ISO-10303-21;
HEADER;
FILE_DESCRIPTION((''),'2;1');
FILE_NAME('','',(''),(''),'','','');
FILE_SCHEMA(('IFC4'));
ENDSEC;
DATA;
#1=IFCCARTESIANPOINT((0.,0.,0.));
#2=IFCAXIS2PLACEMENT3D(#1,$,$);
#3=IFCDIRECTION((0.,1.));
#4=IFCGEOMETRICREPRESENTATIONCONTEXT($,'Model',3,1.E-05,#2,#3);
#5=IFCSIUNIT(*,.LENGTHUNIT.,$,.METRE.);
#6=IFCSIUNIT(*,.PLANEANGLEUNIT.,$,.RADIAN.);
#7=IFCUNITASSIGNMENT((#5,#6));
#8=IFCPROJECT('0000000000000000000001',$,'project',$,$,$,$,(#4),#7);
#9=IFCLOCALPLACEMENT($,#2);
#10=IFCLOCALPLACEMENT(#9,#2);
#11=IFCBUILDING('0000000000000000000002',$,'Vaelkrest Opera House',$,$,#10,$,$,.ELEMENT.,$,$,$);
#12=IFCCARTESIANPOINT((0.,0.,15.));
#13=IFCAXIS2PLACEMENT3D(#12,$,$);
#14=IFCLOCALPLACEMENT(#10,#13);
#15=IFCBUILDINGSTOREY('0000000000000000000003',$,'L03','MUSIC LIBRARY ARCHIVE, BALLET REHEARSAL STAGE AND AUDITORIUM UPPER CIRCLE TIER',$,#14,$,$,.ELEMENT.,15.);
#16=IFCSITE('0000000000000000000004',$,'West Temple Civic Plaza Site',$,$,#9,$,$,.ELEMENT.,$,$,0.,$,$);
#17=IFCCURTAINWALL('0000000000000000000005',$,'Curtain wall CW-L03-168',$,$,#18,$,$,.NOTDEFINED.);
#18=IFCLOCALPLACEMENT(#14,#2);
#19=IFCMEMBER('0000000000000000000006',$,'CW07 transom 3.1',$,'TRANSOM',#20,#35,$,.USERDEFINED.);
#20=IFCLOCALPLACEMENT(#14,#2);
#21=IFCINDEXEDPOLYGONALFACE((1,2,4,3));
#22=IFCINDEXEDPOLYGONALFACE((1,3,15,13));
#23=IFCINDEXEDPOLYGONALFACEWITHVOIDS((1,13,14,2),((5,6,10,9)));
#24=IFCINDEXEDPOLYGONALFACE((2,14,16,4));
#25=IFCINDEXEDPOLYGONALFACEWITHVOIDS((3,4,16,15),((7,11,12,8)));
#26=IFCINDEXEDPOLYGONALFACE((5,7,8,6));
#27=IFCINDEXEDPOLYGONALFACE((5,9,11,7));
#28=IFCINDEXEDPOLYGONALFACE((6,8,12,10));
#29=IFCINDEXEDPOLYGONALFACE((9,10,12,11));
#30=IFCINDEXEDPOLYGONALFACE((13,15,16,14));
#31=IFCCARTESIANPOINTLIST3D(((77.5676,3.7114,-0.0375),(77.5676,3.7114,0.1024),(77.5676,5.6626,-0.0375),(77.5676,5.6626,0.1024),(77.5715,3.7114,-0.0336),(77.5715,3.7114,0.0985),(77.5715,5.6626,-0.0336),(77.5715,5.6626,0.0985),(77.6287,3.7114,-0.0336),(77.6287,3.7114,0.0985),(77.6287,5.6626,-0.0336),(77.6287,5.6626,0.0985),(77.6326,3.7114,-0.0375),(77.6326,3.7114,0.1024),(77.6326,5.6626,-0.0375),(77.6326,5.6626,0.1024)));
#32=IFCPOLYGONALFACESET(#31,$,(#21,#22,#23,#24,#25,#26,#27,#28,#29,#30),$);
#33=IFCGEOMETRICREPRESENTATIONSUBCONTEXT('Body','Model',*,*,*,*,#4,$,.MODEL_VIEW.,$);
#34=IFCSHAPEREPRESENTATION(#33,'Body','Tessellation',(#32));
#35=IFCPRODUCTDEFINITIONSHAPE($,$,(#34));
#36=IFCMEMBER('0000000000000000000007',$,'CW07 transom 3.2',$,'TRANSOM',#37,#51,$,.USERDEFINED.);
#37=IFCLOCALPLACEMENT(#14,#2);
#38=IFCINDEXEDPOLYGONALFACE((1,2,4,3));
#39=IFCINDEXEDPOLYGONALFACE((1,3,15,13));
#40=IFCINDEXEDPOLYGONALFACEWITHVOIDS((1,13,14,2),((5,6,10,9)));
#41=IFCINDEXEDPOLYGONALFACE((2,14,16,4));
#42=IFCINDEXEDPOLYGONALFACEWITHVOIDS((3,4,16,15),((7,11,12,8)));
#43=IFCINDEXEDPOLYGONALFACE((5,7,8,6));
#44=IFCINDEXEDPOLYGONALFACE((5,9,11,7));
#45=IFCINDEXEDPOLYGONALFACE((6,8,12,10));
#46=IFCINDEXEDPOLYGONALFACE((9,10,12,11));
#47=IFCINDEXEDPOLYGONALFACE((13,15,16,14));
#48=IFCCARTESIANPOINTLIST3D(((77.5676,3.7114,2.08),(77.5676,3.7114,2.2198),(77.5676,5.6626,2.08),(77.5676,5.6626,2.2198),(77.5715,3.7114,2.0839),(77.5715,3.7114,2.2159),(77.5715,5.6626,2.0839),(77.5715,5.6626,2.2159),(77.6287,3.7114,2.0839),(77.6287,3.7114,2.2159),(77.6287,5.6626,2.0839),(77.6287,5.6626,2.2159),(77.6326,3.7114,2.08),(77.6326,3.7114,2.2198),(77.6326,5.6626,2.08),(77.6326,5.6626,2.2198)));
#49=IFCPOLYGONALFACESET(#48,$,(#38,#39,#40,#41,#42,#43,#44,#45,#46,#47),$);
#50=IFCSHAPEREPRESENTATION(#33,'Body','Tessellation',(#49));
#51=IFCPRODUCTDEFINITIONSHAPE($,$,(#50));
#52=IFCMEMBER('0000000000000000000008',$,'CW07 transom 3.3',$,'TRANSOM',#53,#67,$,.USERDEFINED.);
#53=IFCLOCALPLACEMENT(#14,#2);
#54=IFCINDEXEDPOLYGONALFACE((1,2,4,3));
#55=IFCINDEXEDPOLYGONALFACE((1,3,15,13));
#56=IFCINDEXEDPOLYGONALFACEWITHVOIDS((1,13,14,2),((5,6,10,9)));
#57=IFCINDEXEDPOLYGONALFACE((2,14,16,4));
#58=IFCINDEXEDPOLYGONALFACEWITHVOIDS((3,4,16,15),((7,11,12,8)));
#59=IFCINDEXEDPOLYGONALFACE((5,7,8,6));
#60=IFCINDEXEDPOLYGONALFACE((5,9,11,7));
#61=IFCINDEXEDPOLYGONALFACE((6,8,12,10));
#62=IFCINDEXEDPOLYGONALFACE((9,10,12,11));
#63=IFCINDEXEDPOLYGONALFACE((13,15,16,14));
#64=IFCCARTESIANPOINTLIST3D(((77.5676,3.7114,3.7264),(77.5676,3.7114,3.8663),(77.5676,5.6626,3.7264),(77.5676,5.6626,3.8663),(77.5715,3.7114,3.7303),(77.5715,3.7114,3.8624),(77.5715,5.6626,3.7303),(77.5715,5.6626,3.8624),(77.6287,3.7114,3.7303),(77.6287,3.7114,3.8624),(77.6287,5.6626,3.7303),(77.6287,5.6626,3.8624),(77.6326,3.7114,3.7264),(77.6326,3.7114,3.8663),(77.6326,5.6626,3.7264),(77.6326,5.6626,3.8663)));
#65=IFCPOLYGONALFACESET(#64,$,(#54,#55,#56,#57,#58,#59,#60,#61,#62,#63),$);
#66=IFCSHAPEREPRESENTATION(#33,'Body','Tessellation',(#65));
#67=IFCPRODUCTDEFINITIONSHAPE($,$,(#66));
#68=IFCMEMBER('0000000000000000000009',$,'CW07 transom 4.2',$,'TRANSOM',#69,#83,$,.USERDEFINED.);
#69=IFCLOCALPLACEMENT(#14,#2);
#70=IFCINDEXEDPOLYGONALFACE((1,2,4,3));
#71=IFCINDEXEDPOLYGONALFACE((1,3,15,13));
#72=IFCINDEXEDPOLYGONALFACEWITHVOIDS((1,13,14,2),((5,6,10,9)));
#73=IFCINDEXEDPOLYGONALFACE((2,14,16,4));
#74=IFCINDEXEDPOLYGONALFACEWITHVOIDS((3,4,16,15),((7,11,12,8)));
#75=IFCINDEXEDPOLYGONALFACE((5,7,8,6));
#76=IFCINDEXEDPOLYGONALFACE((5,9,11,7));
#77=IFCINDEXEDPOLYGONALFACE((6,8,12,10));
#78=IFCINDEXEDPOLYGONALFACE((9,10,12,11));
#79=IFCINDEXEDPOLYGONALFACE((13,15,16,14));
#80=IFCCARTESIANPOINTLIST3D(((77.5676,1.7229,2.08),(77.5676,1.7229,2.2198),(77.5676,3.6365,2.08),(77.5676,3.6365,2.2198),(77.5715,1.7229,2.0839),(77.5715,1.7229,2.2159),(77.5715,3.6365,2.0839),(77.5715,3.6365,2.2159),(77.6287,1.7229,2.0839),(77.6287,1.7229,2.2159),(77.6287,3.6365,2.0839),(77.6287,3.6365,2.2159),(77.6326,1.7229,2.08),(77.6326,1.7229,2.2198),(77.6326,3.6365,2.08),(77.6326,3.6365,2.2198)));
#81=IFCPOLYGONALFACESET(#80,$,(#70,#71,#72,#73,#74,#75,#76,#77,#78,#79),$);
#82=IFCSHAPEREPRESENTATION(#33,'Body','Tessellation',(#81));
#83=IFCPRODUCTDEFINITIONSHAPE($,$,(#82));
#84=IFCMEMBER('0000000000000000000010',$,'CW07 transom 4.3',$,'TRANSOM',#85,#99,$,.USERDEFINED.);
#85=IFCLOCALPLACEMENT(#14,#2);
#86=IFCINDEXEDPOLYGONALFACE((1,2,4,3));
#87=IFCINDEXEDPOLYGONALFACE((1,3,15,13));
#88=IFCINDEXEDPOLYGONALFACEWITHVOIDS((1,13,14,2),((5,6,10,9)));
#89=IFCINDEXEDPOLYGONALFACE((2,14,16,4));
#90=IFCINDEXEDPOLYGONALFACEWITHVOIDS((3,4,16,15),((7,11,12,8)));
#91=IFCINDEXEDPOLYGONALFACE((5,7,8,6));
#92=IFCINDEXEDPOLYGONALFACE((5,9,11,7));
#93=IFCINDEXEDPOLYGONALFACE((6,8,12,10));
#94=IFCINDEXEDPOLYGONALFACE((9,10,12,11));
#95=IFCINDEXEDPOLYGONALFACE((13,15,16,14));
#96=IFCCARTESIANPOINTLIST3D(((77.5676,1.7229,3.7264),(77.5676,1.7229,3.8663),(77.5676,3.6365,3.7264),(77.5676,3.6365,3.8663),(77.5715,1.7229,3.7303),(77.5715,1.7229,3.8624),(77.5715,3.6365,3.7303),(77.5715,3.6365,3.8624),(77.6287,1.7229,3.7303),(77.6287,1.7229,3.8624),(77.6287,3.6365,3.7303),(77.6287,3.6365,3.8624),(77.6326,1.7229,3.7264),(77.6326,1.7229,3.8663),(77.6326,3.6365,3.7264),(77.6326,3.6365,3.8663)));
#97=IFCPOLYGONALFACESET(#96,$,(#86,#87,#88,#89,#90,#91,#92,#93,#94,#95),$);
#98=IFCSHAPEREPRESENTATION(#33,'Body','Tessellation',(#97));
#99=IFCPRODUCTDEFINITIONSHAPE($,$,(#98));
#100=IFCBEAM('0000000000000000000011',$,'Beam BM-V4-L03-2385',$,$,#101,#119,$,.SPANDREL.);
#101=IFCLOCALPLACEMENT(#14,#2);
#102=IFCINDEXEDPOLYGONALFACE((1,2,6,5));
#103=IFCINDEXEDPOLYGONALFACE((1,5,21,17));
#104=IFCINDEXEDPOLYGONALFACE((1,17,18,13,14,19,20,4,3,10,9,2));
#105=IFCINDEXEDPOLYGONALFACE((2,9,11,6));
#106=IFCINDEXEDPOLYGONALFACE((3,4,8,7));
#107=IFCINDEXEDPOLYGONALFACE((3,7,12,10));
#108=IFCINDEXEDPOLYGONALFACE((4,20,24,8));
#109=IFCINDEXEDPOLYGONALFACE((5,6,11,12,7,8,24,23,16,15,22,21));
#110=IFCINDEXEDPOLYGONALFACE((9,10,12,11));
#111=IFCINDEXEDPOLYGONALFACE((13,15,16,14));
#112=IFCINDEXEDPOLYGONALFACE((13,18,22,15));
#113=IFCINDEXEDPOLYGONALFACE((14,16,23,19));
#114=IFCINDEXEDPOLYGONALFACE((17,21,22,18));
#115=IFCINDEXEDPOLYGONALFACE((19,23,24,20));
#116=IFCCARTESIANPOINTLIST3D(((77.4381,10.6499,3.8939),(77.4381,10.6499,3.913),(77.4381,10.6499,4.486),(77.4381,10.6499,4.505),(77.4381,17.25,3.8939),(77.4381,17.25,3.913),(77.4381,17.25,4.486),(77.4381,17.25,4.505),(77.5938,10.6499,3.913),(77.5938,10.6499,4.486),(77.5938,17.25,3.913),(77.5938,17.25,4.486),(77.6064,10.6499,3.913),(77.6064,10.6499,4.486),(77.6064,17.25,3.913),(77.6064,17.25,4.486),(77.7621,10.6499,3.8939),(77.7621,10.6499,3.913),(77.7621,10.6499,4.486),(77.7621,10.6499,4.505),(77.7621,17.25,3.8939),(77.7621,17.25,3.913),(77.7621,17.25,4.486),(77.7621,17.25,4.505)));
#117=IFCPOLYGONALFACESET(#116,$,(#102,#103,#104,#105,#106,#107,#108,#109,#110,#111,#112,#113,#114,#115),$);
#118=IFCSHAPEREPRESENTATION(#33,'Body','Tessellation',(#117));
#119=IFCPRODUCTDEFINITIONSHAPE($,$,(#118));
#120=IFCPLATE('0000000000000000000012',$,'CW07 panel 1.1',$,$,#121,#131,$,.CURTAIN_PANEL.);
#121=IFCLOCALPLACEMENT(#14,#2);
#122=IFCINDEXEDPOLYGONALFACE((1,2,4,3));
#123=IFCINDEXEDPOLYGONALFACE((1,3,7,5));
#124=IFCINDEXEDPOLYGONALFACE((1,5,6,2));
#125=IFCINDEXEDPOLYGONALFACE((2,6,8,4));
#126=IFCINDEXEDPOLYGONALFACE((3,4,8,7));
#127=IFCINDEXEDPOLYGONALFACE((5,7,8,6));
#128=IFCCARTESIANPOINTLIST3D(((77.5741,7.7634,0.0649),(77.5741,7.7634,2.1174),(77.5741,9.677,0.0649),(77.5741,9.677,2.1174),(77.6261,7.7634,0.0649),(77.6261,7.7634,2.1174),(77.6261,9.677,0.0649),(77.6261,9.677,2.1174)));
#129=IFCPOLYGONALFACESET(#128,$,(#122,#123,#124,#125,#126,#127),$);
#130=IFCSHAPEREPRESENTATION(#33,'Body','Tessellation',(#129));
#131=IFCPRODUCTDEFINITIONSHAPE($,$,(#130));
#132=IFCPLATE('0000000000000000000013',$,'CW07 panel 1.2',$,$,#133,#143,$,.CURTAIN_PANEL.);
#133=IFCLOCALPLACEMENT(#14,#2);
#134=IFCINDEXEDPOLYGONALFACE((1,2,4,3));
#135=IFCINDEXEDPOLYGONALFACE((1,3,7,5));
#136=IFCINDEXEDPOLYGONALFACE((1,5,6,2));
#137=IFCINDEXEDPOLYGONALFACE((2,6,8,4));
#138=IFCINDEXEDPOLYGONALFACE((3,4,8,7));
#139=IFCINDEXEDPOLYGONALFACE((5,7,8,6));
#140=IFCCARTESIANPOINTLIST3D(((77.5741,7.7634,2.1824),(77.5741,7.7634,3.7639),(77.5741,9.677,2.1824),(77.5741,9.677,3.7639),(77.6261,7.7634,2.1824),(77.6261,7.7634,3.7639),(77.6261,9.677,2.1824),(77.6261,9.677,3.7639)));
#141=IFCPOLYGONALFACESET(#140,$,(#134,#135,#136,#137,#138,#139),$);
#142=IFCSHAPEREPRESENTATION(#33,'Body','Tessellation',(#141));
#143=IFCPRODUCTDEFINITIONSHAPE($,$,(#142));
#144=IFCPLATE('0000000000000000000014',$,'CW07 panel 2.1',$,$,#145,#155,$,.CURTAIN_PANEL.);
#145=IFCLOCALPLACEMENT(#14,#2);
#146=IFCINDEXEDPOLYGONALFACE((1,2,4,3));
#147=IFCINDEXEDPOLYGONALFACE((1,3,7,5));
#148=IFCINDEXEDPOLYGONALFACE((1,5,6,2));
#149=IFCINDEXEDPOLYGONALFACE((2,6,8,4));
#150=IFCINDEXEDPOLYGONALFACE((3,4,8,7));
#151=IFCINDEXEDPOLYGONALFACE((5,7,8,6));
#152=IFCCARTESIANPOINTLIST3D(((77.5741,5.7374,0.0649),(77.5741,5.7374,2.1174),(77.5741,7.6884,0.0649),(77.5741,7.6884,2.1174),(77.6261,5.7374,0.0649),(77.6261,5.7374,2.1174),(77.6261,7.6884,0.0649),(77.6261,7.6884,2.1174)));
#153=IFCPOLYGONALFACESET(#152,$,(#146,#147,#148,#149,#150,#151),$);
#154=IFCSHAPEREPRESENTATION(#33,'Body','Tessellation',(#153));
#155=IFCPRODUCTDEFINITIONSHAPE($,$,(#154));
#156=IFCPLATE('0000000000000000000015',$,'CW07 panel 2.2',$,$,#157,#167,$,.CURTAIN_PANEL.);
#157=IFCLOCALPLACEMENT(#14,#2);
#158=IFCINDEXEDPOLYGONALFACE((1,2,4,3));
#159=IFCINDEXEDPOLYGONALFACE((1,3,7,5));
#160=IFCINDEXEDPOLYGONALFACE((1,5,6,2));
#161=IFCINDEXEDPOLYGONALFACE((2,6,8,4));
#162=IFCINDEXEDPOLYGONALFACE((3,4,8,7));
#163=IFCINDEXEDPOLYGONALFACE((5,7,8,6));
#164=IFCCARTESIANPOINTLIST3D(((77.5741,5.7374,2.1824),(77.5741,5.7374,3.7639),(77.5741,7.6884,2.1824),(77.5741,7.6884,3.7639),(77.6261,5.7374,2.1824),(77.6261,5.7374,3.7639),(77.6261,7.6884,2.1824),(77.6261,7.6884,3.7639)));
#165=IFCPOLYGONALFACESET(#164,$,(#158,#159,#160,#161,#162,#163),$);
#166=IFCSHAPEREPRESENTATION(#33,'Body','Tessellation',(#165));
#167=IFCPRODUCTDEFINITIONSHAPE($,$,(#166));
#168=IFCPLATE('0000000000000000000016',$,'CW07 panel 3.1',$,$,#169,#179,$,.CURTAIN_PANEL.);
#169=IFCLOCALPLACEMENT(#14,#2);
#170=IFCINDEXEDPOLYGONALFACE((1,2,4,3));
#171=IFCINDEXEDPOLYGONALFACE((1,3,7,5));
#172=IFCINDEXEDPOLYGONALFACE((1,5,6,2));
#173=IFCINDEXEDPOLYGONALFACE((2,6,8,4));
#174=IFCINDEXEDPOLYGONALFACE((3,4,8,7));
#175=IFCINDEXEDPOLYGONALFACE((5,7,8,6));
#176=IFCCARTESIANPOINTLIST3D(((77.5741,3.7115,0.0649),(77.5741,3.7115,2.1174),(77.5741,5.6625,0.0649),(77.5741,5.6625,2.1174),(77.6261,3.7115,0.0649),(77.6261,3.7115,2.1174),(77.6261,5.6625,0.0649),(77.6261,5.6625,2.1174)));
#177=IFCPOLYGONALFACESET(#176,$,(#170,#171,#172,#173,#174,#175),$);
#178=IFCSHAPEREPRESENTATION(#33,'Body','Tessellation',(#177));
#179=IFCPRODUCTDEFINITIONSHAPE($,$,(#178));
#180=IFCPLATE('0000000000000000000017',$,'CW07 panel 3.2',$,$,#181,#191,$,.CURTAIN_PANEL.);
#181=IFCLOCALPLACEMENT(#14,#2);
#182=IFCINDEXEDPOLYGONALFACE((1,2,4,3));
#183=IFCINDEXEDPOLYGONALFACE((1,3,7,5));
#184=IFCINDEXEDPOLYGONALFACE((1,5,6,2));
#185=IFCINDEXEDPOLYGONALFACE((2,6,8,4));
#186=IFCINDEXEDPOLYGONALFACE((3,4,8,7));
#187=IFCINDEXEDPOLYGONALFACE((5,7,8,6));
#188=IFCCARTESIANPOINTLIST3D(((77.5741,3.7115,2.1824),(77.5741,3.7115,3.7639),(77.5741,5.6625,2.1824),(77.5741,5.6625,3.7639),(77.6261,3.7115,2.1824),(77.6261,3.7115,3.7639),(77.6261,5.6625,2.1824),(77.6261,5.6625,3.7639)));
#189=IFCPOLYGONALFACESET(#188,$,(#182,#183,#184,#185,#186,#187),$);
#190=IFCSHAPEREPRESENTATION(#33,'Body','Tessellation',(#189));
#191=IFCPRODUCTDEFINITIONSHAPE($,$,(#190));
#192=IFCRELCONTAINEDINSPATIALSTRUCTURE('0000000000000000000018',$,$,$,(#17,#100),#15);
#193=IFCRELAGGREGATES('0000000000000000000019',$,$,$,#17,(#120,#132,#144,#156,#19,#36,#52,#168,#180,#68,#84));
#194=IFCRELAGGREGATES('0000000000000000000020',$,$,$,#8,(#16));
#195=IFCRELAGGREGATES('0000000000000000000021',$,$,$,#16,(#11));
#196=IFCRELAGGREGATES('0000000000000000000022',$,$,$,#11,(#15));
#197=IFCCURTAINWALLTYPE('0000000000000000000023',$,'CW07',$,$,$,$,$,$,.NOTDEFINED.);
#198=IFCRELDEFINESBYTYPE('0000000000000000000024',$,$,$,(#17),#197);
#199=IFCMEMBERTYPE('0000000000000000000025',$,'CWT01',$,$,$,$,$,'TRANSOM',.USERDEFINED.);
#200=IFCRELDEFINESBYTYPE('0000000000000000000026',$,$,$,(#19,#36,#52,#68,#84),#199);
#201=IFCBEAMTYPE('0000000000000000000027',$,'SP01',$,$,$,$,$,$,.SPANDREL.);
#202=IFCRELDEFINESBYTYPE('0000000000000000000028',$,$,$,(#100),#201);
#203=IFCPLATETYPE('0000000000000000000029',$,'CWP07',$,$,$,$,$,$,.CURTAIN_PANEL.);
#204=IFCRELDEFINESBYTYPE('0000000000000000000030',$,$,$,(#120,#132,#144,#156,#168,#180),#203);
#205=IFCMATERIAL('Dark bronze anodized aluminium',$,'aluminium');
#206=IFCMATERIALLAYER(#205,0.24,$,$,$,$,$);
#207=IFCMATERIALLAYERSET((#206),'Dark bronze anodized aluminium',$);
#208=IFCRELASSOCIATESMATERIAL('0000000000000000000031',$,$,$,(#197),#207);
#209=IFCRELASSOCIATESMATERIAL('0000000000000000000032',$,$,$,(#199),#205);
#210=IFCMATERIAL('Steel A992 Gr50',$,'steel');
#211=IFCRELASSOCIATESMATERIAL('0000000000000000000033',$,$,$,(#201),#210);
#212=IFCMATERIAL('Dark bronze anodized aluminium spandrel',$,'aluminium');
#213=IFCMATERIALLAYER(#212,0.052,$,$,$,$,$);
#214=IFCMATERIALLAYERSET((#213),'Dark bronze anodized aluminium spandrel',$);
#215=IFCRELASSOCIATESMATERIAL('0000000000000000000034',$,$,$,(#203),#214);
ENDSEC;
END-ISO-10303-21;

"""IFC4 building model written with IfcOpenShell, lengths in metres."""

from ifc_helpers import new_model, si_unit, direction, frame, origin, origin_2d, place, context, subcontext, project, spatial, rectangle, hollow_rectangle, i_section, extrude, material, layer, layer_set, material_profile, profile_set, type_object, element, aggregate, save


model = new_model("IFC4")

# Units and contexts
model_context = context("Model", 3, precision=1e-05, world=origin(), true_north=direction((0.0, 1.0)))
body_context = subcontext(model_context, "Body", "Model", "MODEL_VIEW")
ifc_project = project(units=[si_unit("LENGTHUNIT", "METRE"), si_unit("PLANEANGLEUNIT", "RADIAN")], contexts=[model_context])

# Site, building, storey
site_placement = place(None, origin())
site = spatial("IfcSite", under=ifc_project, at=site_placement, Name="West Temple Civic Plaza Site", CompositionType="ELEMENT", RefElevation=0.0)
building_placement = place(site_placement, origin())
building = spatial("IfcBuilding", under=site, at=building_placement, Name="Vaelkrest Opera House", CompositionType="ELEMENT")
storey_placement = place(building_placement, frame((0.0, 0.0, 15.0)))
storey = spatial("IfcBuildingStorey", under=building, at=storey_placement, Name="L03", Description="MUSIC LIBRARY ARCHIVE, BALLET REHEARSAL STAGE AND AUDITORIUM UPPER CIRCLE TIER", CompositionType="ELEMENT", Elevation=15.0)

# Curtain wall, members
ifc_material_1 = material(Name="Dark bronze anodized aluminium", Category="aluminium")
ifc_layer_1 = layer(ifc_material_1, 0.24)
ifc_layer_set_1 = layer_set([ifc_layer_1], Name="Dark bronze anodized aluminium")
curtain_wall_type = type_object("IfcCurtainWallType", Name="CW07", PredefinedType="NOTDEFINED", material=ifc_layer_set_1)
curtain_wall_placement = place(storey_placement, origin())
curtain_wall = element("IfcCurtainWall", 1, at=curtain_wall_placement, inside=storey, type_object=curtain_wall_type, Name="Curtain wall CW-L03-168", PredefinedType="NOTDEFINED")
ifc_material_profile_1 = material_profile(ifc_material_1, hollow_rectangle(XDim=0.0649, YDim=0.1399, WallThickness=0.0039, at=origin_2d()), Name="CWT65X140")
ifc_profile_set_1 = profile_set([ifc_material_profile_1], Name="Dark bronze anodized aluminium")
member_type_1 = type_object("IfcMemberType", Name="CWT01", ElementType="TRANSOM", PredefinedType="USERDEFINED", material=ifc_profile_set_1)
member_1_placement = place(storey_placement, frame((77.6001, 5.6626, 0.0325), z_axis=(0.0, -1.0, 0.0), x_axis=(1.0, 0.0, 0.0)))
member_1 = element("IfcMember", 2, at=member_1_placement, type_object=member_type_1, Name="CW07 transom 3.1", ObjectType="TRANSOM", PredefinedType="USERDEFINED", context=body_context, shape_type="SweptSolid", body=[
    extrude(hollow_rectangle(XDim=0.0649, YDim=0.1399, WallThickness=0.0039, at=origin_2d()), origin(), (0.0, 0.0, 1.0), 1.9512),
])
member_2_placement = place(storey_placement, frame((77.6001, 5.6626, 2.1499), z_axis=(0.0, -1.0, 0.0), x_axis=(1.0, 0.0, 0.0)))
member_2 = element("IfcMember", 3, at=member_2_placement, type_object=member_type_1, Name="CW07 transom 3.2", ObjectType="TRANSOM", PredefinedType="USERDEFINED", context=body_context, shape_type="SweptSolid", body=[
    extrude(hollow_rectangle(XDim=0.0649, YDim=0.1399, WallThickness=0.0039, at=origin_2d()), origin(), (0.0, 0.0, 1.0), 1.9512),
])
member_3_placement = place(storey_placement, frame((77.6001, 5.6626, 3.7964), z_axis=(0.0, -1.0, 0.0), x_axis=(1.0, 0.0, 0.0)))
member_3 = element("IfcMember", 4, at=member_3_placement, type_object=member_type_1, Name="CW07 transom 3.3", ObjectType="TRANSOM", PredefinedType="USERDEFINED", context=body_context, shape_type="SweptSolid", body=[
    extrude(hollow_rectangle(XDim=0.0649, YDim=0.1399, WallThickness=0.0039, at=origin_2d()), origin(), (0.0, 0.0, 1.0), 1.9512),
])
member_4_placement = place(storey_placement, frame((77.6001, 3.6365, 2.1499), z_axis=(0.0, -1.0, 0.0), x_axis=(1.0, 0.0, 0.0)))
member_4 = element("IfcMember", 5, at=member_4_placement, type_object=member_type_1, Name="CW07 transom 4.2", ObjectType="TRANSOM", PredefinedType="USERDEFINED", context=body_context, shape_type="SweptSolid", body=[
    extrude(hollow_rectangle(XDim=0.0649, YDim=0.1399, WallThickness=0.0039, at=origin_2d()), origin(), (0.0, 0.0, 1.0), 1.9136),
])
member_5_placement = place(storey_placement, frame((77.6001, 3.6365, 3.7964), z_axis=(0.0, -1.0, 0.0), x_axis=(1.0, 0.0, 0.0)))
member_5 = element("IfcMember", 6, at=member_5_placement, type_object=member_type_1, Name="CW07 transom 4.3", ObjectType="TRANSOM", PredefinedType="USERDEFINED", context=body_context, shape_type="SweptSolid", body=[
    extrude(hollow_rectangle(XDim=0.0649, YDim=0.1399, WallThickness=0.0039, at=origin_2d()), origin(), (0.0, 0.0, 1.0), 1.9136),
])

# Beam
ifc_material_2 = material(Name="Steel A992 Gr50", Category="steel")
ifc_material_profile_2 = material_profile(ifc_material_2, i_section(OverallWidth=0.324, OverallDepth=0.6111, WebThickness=0.0127, FlangeThickness=0.019, at=origin_2d()), Name="W24X104")
ifc_profile_set_2 = profile_set([ifc_material_profile_2], Name="Steel A992 Gr50")
beam_type = type_object("IfcBeamType", Name="SP01", PredefinedType="SPANDREL", material=ifc_profile_set_2)
beam_placement = place(storey_placement, frame((77.6001, 10.6499, 4.1995), z_axis=(0.0, 1.0, 0.0), x_axis=(-1.0, 0.0, 0.0)))
element("IfcBeam", 7, at=beam_placement, inside=storey, type_object=beam_type, Name="Beam BM-V4-L03-2385", PredefinedType="SPANDREL", context=body_context, shape_type="SweptSolid", body=[
    extrude(i_section(OverallWidth=0.324, OverallDepth=0.6111, WebThickness=0.0127, FlangeThickness=0.019, at=origin_2d()), origin(), (0.0, 0.0, 1.0), 6.6001),
])

# Plates
ifc_material_3 = material(Name="Dark bronze anodized aluminium spandrel", Category="aluminium")
ifc_layer_2 = layer(ifc_material_3, 0.052)
ifc_layer_set_2 = layer_set([ifc_layer_2], Name="Dark bronze anodized aluminium spandrel")
plate_type = type_object("IfcPlateType", Name="CWP07", PredefinedType="CURTAIN_PANEL", material=ifc_layer_set_2)
plate_1_placement = place(storey_placement, frame((77.6001, 8.7202, 0.0649), z_axis=(0.0, 0.0, 1.0), x_axis=(0.0, -1.0, 0.0)))
plate_1 = element("IfcPlate", 8, at=plate_1_placement, type_object=plate_type, Name="CW07 panel 1.1", PredefinedType="CURTAIN_PANEL", context=body_context, shape_type="SweptSolid", body=[
    extrude(rectangle(XDim=1.9136, YDim=0.052, at=origin_2d()), origin(), (0.0, 0.0, 1.0), 2.0525),
])
plate_2_placement = place(storey_placement, frame((77.6001, 8.7202, 2.1824), z_axis=(0.0, 0.0, 1.0), x_axis=(0.0, -1.0, 0.0)))
plate_2 = element("IfcPlate", 9, at=plate_2_placement, type_object=plate_type, Name="CW07 panel 1.2", PredefinedType="CURTAIN_PANEL", context=body_context, shape_type="SweptSolid", body=[
    extrude(rectangle(XDim=1.9136, YDim=0.052, at=origin_2d()), origin(), (0.0, 0.0, 1.0), 1.5815),
])
plate_3_placement = place(storey_placement, frame((77.6001, 6.7129, 0.0649), z_axis=(0.0, 0.0, 1.0), x_axis=(0.0, -1.0, 0.0)))
plate_3 = element("IfcPlate", 10, at=plate_3_placement, type_object=plate_type, Name="CW07 panel 2.1", PredefinedType="CURTAIN_PANEL", context=body_context, shape_type="SweptSolid", body=[
    extrude(rectangle(XDim=1.9509, YDim=0.052, at=origin_2d()), origin(), (0.0, 0.0, 1.0), 2.0525),
])
plate_4_placement = place(storey_placement, frame((77.6001, 6.7129, 2.1824), z_axis=(0.0, 0.0, 1.0), x_axis=(0.0, -1.0, 0.0)))
plate_4 = element("IfcPlate", 11, at=plate_4_placement, type_object=plate_type, Name="CW07 panel 2.2", PredefinedType="CURTAIN_PANEL", context=body_context, shape_type="SweptSolid", body=[
    extrude(rectangle(XDim=1.9509, YDim=0.052, at=origin_2d()), origin(), (0.0, 0.0, 1.0), 1.5815),
])
plate_5_placement = place(storey_placement, frame((77.6001, 4.687, 0.0649), z_axis=(0.0, 0.0, 1.0), x_axis=(0.0, -1.0, 0.0)))
plate_5 = element("IfcPlate", 12, at=plate_5_placement, type_object=plate_type, Name="CW07 panel 3.1", PredefinedType="CURTAIN_PANEL", context=body_context, shape_type="SweptSolid", body=[
    extrude(rectangle(XDim=1.9509, YDim=0.052, at=origin_2d()), origin(), (0.0, 0.0, 1.0), 2.0525),
])
plate_6_placement = place(storey_placement, frame((77.6001, 4.687, 2.1824), z_axis=(0.0, 0.0, 1.0), x_axis=(0.0, -1.0, 0.0)))
plate_6 = element("IfcPlate", 13, at=plate_6_placement, type_object=plate_type, Name="CW07 panel 3.2", PredefinedType="CURTAIN_PANEL", context=body_context, shape_type="SweptSolid", body=[
    extrude(rectangle(XDim=1.9509, YDim=0.052, at=origin_2d()), origin(), (0.0, 0.0, 1.0), 1.5815),
])
aggregate(curtain_wall, [plate_1, plate_2, plate_3, plate_4, member_1, member_2, member_3, plate_5, plate_6, member_4, member_5])

save(model, "model.ifc")
